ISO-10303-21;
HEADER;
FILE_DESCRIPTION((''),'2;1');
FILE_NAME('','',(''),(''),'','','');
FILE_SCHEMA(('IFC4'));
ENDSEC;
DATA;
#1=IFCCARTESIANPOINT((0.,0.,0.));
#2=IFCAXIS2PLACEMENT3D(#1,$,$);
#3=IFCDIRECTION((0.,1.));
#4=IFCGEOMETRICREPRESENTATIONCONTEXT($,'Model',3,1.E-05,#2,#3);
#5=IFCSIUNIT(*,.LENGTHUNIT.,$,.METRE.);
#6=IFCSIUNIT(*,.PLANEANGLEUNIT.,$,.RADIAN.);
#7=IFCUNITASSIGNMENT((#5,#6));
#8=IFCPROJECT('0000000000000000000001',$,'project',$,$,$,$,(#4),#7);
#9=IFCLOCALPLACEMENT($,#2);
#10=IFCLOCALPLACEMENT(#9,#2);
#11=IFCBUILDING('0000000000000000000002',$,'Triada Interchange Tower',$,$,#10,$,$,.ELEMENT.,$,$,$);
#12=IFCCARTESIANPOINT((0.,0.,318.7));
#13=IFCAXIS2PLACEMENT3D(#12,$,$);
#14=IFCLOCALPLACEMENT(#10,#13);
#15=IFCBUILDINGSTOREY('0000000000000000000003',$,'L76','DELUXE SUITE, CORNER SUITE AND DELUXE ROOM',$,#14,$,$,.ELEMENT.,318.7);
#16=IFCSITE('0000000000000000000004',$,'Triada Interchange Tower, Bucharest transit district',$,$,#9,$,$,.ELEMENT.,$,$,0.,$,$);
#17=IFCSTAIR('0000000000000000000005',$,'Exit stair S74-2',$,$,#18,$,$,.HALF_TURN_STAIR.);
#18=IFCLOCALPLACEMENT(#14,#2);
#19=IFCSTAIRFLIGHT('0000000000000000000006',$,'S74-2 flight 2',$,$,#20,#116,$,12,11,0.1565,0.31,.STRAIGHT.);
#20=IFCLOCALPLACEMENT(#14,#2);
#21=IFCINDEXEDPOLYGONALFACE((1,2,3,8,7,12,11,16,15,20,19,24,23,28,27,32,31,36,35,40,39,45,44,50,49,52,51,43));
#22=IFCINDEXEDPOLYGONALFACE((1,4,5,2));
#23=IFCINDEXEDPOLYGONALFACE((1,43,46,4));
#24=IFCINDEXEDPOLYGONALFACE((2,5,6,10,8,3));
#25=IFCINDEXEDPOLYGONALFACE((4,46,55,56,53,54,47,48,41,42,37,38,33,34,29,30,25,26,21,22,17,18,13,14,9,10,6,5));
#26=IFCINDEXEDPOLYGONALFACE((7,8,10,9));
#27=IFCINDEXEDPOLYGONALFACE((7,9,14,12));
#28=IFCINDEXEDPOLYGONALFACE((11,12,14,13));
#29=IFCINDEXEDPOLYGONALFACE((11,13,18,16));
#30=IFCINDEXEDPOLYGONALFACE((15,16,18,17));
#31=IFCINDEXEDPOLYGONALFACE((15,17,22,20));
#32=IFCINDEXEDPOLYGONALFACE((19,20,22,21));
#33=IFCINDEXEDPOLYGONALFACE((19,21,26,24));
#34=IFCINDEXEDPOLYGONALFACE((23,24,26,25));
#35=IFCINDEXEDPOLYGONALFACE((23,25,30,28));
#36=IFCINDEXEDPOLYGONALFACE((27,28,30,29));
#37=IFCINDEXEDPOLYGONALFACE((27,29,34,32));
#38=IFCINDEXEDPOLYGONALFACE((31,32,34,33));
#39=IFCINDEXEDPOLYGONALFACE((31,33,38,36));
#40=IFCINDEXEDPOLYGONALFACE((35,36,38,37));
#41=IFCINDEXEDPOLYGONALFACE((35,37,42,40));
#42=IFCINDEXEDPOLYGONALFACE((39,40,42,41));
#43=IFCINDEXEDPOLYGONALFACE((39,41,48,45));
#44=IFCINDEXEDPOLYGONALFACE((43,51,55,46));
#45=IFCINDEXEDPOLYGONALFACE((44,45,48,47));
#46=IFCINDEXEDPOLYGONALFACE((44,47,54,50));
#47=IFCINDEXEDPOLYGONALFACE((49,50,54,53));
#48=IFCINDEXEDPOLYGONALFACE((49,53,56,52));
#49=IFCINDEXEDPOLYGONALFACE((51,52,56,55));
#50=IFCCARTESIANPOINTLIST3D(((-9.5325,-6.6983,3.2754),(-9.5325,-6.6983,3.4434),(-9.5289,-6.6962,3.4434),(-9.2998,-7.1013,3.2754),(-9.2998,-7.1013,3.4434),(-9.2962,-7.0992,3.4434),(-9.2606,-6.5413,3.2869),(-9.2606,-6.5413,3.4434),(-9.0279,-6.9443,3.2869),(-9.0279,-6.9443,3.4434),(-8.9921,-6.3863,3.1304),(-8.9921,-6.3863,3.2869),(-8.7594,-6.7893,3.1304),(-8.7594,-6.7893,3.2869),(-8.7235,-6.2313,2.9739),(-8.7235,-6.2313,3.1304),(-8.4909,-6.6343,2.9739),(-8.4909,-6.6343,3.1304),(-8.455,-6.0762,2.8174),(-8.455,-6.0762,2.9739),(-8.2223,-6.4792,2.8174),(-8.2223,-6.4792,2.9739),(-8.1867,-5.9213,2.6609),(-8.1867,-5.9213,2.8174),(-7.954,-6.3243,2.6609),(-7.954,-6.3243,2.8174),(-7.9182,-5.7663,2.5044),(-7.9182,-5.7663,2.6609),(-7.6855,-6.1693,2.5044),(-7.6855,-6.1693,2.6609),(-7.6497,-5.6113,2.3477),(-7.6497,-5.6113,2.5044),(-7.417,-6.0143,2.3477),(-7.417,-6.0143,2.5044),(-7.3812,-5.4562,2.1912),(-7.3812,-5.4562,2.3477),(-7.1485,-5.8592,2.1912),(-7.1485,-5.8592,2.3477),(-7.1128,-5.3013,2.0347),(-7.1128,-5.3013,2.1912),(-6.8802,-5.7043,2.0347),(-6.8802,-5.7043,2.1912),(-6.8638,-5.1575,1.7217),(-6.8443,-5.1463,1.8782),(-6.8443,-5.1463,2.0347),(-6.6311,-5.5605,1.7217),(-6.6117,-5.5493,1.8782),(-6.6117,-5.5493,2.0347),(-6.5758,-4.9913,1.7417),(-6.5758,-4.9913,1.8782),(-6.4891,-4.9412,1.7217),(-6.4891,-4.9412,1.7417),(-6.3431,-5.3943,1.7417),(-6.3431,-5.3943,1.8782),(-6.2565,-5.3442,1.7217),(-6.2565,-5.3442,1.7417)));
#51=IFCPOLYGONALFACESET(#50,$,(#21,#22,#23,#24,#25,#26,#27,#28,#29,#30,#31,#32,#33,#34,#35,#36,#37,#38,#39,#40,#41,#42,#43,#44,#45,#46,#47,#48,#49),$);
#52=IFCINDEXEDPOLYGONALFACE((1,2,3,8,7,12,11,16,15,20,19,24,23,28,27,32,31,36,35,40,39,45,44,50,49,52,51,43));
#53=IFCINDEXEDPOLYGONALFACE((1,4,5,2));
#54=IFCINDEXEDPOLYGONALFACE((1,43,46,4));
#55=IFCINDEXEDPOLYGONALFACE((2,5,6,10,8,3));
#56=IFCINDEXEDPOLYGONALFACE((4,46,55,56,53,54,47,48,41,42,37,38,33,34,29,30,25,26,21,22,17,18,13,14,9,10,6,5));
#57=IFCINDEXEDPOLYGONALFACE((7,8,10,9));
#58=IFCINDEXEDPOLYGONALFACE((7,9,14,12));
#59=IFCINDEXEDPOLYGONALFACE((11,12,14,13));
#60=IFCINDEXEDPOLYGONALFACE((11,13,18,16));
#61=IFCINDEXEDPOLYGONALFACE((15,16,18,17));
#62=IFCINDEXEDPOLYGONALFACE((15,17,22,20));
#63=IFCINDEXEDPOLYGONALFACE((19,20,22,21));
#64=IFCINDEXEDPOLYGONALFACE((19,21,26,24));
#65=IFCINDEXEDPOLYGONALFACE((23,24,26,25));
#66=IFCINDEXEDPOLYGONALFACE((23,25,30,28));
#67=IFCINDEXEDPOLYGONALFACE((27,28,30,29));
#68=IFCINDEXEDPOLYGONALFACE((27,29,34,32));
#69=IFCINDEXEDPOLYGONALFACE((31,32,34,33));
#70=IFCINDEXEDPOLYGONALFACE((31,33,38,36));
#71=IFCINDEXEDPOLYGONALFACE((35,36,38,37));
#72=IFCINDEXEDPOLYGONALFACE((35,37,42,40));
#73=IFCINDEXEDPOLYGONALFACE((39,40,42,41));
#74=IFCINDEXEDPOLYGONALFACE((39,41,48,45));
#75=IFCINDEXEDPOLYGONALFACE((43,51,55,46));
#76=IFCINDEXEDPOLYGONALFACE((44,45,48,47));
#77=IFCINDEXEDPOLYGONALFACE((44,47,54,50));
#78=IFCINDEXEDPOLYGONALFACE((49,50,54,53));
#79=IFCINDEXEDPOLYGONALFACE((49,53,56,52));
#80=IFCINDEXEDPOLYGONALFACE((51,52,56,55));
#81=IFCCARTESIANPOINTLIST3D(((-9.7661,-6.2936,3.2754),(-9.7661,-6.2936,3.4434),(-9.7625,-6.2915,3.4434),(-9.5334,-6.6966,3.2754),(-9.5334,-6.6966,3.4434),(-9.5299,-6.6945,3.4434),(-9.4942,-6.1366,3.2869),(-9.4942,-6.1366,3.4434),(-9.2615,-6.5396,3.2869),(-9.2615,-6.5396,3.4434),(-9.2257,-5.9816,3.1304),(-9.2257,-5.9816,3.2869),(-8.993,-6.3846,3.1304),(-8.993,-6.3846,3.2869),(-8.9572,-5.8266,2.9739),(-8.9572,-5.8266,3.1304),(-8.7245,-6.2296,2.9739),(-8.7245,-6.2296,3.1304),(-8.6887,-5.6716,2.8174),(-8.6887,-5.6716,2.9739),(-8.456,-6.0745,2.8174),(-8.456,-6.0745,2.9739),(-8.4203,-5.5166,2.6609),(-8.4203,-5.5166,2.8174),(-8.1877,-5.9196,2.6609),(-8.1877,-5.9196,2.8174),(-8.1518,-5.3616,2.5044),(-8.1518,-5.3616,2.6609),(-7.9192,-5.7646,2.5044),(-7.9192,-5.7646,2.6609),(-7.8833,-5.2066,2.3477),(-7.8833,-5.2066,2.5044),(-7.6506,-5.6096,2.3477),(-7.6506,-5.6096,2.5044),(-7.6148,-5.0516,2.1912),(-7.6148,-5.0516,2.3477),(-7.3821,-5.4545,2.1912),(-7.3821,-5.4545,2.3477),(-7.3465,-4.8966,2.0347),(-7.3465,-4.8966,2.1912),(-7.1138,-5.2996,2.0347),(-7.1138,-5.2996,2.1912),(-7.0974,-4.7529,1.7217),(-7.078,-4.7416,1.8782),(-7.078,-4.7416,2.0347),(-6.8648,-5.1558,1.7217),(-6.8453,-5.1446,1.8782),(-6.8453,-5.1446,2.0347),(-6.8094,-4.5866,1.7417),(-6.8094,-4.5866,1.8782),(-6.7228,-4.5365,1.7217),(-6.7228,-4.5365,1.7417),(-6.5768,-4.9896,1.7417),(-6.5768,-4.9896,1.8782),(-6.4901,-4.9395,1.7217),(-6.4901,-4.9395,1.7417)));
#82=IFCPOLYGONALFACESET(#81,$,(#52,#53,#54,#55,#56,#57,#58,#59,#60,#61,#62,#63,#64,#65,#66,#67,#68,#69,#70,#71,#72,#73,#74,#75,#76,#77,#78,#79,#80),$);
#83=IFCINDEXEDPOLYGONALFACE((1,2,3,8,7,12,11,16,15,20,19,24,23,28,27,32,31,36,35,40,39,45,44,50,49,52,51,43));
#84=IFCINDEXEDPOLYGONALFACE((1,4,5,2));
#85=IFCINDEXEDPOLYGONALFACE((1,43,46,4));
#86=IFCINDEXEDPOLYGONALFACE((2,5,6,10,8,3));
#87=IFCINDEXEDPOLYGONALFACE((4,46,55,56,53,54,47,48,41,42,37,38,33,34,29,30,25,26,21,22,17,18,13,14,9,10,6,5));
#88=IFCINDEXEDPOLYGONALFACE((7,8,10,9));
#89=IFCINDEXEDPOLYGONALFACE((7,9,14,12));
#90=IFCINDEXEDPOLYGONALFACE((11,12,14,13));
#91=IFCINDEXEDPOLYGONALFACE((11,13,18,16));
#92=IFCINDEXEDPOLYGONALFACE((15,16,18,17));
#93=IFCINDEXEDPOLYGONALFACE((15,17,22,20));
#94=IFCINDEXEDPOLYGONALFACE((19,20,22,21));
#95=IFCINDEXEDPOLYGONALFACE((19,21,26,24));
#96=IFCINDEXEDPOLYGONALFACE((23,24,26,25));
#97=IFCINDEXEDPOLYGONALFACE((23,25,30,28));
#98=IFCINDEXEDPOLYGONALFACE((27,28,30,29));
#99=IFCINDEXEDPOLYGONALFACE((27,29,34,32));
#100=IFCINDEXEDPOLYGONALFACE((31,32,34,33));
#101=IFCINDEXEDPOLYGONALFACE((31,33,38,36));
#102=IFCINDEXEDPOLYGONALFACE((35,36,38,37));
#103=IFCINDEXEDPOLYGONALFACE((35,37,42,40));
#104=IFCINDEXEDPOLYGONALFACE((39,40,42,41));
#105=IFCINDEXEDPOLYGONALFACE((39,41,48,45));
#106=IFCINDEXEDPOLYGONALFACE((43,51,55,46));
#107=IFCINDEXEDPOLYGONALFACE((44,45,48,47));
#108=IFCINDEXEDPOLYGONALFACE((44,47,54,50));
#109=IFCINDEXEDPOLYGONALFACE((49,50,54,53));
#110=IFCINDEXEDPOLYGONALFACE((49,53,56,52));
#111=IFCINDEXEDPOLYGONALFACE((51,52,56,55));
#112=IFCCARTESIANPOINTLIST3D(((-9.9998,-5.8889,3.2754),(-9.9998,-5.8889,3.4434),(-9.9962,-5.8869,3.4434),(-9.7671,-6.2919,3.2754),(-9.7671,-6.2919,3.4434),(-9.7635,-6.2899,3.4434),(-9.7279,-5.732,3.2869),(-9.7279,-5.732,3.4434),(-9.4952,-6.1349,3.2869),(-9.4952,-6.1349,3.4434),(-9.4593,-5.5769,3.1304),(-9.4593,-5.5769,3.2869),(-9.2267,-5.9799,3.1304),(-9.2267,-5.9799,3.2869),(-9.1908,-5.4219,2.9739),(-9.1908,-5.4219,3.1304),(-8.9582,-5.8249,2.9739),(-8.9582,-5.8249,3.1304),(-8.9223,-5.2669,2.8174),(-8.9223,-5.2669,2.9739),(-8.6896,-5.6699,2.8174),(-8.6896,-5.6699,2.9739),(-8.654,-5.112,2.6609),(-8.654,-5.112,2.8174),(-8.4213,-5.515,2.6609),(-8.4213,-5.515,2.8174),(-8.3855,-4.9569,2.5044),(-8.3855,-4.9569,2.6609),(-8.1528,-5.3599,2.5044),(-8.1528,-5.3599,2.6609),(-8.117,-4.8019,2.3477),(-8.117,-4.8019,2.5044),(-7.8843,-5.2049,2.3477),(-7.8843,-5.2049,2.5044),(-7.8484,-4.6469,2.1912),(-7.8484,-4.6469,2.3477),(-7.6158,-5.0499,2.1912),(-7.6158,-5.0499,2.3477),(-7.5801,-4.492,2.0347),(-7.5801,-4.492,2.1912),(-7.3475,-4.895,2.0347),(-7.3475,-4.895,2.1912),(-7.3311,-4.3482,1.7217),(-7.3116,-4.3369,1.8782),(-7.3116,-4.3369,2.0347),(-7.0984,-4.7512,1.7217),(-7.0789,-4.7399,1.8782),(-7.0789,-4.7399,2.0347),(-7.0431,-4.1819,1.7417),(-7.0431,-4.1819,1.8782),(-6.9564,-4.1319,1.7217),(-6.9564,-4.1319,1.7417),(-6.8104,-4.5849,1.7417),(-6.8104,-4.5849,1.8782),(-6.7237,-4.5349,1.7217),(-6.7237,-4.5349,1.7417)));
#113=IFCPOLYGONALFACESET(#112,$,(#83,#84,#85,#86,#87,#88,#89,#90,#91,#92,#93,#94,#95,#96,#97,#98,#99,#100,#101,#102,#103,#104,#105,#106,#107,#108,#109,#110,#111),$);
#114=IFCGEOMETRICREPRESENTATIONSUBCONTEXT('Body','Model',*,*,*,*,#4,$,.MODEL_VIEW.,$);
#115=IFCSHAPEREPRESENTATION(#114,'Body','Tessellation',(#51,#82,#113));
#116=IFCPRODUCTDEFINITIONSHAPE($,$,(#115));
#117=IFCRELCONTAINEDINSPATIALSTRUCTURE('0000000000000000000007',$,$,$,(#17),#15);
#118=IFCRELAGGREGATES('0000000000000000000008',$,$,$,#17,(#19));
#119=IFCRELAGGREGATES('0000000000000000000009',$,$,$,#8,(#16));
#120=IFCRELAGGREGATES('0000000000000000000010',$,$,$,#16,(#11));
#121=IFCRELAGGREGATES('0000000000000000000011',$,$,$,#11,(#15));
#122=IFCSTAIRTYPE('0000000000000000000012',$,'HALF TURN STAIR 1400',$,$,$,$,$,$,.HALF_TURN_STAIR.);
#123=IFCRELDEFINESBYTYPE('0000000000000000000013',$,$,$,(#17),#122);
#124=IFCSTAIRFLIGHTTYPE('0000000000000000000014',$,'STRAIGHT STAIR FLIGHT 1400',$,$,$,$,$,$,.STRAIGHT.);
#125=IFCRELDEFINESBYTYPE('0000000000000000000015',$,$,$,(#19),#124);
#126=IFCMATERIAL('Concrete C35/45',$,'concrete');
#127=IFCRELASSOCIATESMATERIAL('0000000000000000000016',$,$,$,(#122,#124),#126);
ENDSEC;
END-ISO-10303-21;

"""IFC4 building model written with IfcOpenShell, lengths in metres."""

from ifc_helpers import new_model, si_unit, direction, frame, origin, place, context, subcontext, project, spatial, polyline, outline, extrude, material, type_object, element, aggregate, save


model = new_model("IFC4")

# Units and contexts
model_context = context("Model", 3, precision=1e-05, world=origin(), true_north=direction((0.0, 1.0)))
body_context = subcontext(model_context, "Body", "Model", "MODEL_VIEW")
ifc_project = project(units=[si_unit("LENGTHUNIT", "METRE"), si_unit("PLANEANGLEUNIT", "RADIAN")], contexts=[model_context])

# Site, building, storey
site_placement = place(None, origin())
site = spatial("IfcSite", under=ifc_project, at=site_placement, Name="Triada Interchange Tower, Bucharest transit district", CompositionType="ELEMENT", RefElevation=0.0)
building_placement = place(site_placement, origin())
building = spatial("IfcBuilding", under=site, at=building_placement, Name="Triada Interchange Tower", CompositionType="ELEMENT")
storey_placement = place(building_placement, frame((0.0, 0.0, 318.7)))
storey = spatial("IfcBuildingStorey", under=building, at=storey_placement, Name="L76", Description="DELUXE SUITE, CORNER SUITE AND DELUXE ROOM", CompositionType="ELEMENT", Elevation=318.7)

# Stair, stair flight
ifc_material_1 = material(Name="Concrete C35/45", Category="concrete")
stair_type = type_object("IfcStairType", Name="HALF TURN STAIR 1400", PredefinedType="HALF_TURN_STAIR", material=ifc_material_1)
stair_placement = place(storey_placement, origin())
stair = element("IfcStair", 1, at=stair_placement, inside=storey, type_object=stair_type, Name="Exit stair S74-2", PredefinedType="HALF_TURN_STAIR")
stair_flight_type = type_object("IfcStairFlightType", Name="STRAIGHT STAIR FLIGHT 1400", PredefinedType="STRAIGHT", material=ifc_material_1)
stair_flight_1_placement = place(storey_placement, frame((-6.6931, -4.7881, 1.7217), z_axis=(0.0, 0.0, 1.0), x_axis=(-0.866025, -0.5, 0.0)))
stair_flight_1 = element("IfcStairFlight", 2, at=stair_flight_1_placement, type_object=stair_flight_type, Name="S74-2 flight 2", NumberOfRisers=12, NumberOfTreads=11, PredefinedType="STRAIGHT", RiserHeight=0.1565, TreadLength=0.31, context=body_context, shape_type="SweptSolid", body=[
    extrude(outline(polyline([(-0.1001, 0.0), (-0.1001, 0.02), (0.0, 0.02), (0.0, 0.1565), (0.3101, 0.1565), (0.3101, 0.313), (0.6201, 0.313), (0.6201, 0.4695), (0.9299, 0.4695), (0.9299, 0.626), (1.24, 0.626), (1.24, 0.7827), (1.55, 0.7827), (1.55, 0.9392), (1.8601, 0.9392), (1.8601, 1.0957), (2.1699, 1.0957), (2.1699, 1.2522), (2.48, 1.2522), (2.48, 1.4087), (2.79, 1.4087), (2.79, 1.5652), (3.1001, 1.5652), (3.1001, 1.7217), (3.4099, 1.7217), (3.4141, 1.7217), (3.4141, 1.8782), (3.4141, 1.5537), (0.3325, 0.0), (-0.1001, 0.0)])), frame((0.0, 0.7, 0.0), z_axis=(0.0, -1.0, 0.0), x_axis=(1.0, 0.0, 0.0)), (0.0, 0.0, 1.0), 0.4653),
    extrude(outline(polyline([(-0.1001, 0.0), (-0.1001, 0.02), (0.0, 0.02), (0.0, 0.1565), (0.3101, 0.1565), (0.3101, 0.313), (0.6201, 0.313), (0.6201, 0.4695), (0.9299, 0.4695), (0.9299, 0.626), (1.24, 0.626), (1.24, 0.7827), (1.55, 0.7827), (1.55, 0.9392), (1.8601, 0.9392), (1.8601, 1.0957), (2.1699, 1.0957), (2.1699, 1.2522), (2.48, 1.2522), (2.48, 1.4087), (2.79, 1.4087), (2.79, 1.5652), (3.1001, 1.5652), (3.1001, 1.7217), (3.4099, 1.7217), (3.4141, 1.7217), (3.4141, 1.8782), (3.4141, 1.5537), (0.3325, 0.0), (-0.1001, 0.0)])), frame((0.0, 0.2327, 0.0), z_axis=(0.0, -1.0, 0.0), x_axis=(1.0, 0.0, 0.0)), (0.0, 0.0, 1.0), 0.4653),
    extrude(outline(polyline([(-0.1001, 0.0), (-0.1001, 0.02), (0.0, 0.02), (0.0, 0.1565), (0.3101, 0.1565), (0.3101, 0.313), (0.6201, 0.313), (0.6201, 0.4695), (0.9299, 0.4695), (0.9299, 0.626), (1.24, 0.626), (1.24, 0.7827), (1.55, 0.7827), (1.55, 0.9392), (1.8601, 0.9392), (1.8601, 1.0957), (2.1699, 1.0957), (2.1699, 1.2522), (2.48, 1.2522), (2.48, 1.4087), (2.79, 1.4087), (2.79, 1.5652), (3.1001, 1.5652), (3.1001, 1.7217), (3.4099, 1.7217), (3.4141, 1.7217), (3.4141, 1.8782), (3.4141, 1.5537), (0.3325, 0.0), (-0.1001, 0.0)])), frame((0.0, -0.2346, 0.0), z_axis=(0.0, -1.0, 0.0), x_axis=(1.0, 0.0, 0.0)), (0.0, 0.0, 1.0), 0.4653),
])
aggregate(stair, [stair_flight_1])

save(model, "model.ifc")
